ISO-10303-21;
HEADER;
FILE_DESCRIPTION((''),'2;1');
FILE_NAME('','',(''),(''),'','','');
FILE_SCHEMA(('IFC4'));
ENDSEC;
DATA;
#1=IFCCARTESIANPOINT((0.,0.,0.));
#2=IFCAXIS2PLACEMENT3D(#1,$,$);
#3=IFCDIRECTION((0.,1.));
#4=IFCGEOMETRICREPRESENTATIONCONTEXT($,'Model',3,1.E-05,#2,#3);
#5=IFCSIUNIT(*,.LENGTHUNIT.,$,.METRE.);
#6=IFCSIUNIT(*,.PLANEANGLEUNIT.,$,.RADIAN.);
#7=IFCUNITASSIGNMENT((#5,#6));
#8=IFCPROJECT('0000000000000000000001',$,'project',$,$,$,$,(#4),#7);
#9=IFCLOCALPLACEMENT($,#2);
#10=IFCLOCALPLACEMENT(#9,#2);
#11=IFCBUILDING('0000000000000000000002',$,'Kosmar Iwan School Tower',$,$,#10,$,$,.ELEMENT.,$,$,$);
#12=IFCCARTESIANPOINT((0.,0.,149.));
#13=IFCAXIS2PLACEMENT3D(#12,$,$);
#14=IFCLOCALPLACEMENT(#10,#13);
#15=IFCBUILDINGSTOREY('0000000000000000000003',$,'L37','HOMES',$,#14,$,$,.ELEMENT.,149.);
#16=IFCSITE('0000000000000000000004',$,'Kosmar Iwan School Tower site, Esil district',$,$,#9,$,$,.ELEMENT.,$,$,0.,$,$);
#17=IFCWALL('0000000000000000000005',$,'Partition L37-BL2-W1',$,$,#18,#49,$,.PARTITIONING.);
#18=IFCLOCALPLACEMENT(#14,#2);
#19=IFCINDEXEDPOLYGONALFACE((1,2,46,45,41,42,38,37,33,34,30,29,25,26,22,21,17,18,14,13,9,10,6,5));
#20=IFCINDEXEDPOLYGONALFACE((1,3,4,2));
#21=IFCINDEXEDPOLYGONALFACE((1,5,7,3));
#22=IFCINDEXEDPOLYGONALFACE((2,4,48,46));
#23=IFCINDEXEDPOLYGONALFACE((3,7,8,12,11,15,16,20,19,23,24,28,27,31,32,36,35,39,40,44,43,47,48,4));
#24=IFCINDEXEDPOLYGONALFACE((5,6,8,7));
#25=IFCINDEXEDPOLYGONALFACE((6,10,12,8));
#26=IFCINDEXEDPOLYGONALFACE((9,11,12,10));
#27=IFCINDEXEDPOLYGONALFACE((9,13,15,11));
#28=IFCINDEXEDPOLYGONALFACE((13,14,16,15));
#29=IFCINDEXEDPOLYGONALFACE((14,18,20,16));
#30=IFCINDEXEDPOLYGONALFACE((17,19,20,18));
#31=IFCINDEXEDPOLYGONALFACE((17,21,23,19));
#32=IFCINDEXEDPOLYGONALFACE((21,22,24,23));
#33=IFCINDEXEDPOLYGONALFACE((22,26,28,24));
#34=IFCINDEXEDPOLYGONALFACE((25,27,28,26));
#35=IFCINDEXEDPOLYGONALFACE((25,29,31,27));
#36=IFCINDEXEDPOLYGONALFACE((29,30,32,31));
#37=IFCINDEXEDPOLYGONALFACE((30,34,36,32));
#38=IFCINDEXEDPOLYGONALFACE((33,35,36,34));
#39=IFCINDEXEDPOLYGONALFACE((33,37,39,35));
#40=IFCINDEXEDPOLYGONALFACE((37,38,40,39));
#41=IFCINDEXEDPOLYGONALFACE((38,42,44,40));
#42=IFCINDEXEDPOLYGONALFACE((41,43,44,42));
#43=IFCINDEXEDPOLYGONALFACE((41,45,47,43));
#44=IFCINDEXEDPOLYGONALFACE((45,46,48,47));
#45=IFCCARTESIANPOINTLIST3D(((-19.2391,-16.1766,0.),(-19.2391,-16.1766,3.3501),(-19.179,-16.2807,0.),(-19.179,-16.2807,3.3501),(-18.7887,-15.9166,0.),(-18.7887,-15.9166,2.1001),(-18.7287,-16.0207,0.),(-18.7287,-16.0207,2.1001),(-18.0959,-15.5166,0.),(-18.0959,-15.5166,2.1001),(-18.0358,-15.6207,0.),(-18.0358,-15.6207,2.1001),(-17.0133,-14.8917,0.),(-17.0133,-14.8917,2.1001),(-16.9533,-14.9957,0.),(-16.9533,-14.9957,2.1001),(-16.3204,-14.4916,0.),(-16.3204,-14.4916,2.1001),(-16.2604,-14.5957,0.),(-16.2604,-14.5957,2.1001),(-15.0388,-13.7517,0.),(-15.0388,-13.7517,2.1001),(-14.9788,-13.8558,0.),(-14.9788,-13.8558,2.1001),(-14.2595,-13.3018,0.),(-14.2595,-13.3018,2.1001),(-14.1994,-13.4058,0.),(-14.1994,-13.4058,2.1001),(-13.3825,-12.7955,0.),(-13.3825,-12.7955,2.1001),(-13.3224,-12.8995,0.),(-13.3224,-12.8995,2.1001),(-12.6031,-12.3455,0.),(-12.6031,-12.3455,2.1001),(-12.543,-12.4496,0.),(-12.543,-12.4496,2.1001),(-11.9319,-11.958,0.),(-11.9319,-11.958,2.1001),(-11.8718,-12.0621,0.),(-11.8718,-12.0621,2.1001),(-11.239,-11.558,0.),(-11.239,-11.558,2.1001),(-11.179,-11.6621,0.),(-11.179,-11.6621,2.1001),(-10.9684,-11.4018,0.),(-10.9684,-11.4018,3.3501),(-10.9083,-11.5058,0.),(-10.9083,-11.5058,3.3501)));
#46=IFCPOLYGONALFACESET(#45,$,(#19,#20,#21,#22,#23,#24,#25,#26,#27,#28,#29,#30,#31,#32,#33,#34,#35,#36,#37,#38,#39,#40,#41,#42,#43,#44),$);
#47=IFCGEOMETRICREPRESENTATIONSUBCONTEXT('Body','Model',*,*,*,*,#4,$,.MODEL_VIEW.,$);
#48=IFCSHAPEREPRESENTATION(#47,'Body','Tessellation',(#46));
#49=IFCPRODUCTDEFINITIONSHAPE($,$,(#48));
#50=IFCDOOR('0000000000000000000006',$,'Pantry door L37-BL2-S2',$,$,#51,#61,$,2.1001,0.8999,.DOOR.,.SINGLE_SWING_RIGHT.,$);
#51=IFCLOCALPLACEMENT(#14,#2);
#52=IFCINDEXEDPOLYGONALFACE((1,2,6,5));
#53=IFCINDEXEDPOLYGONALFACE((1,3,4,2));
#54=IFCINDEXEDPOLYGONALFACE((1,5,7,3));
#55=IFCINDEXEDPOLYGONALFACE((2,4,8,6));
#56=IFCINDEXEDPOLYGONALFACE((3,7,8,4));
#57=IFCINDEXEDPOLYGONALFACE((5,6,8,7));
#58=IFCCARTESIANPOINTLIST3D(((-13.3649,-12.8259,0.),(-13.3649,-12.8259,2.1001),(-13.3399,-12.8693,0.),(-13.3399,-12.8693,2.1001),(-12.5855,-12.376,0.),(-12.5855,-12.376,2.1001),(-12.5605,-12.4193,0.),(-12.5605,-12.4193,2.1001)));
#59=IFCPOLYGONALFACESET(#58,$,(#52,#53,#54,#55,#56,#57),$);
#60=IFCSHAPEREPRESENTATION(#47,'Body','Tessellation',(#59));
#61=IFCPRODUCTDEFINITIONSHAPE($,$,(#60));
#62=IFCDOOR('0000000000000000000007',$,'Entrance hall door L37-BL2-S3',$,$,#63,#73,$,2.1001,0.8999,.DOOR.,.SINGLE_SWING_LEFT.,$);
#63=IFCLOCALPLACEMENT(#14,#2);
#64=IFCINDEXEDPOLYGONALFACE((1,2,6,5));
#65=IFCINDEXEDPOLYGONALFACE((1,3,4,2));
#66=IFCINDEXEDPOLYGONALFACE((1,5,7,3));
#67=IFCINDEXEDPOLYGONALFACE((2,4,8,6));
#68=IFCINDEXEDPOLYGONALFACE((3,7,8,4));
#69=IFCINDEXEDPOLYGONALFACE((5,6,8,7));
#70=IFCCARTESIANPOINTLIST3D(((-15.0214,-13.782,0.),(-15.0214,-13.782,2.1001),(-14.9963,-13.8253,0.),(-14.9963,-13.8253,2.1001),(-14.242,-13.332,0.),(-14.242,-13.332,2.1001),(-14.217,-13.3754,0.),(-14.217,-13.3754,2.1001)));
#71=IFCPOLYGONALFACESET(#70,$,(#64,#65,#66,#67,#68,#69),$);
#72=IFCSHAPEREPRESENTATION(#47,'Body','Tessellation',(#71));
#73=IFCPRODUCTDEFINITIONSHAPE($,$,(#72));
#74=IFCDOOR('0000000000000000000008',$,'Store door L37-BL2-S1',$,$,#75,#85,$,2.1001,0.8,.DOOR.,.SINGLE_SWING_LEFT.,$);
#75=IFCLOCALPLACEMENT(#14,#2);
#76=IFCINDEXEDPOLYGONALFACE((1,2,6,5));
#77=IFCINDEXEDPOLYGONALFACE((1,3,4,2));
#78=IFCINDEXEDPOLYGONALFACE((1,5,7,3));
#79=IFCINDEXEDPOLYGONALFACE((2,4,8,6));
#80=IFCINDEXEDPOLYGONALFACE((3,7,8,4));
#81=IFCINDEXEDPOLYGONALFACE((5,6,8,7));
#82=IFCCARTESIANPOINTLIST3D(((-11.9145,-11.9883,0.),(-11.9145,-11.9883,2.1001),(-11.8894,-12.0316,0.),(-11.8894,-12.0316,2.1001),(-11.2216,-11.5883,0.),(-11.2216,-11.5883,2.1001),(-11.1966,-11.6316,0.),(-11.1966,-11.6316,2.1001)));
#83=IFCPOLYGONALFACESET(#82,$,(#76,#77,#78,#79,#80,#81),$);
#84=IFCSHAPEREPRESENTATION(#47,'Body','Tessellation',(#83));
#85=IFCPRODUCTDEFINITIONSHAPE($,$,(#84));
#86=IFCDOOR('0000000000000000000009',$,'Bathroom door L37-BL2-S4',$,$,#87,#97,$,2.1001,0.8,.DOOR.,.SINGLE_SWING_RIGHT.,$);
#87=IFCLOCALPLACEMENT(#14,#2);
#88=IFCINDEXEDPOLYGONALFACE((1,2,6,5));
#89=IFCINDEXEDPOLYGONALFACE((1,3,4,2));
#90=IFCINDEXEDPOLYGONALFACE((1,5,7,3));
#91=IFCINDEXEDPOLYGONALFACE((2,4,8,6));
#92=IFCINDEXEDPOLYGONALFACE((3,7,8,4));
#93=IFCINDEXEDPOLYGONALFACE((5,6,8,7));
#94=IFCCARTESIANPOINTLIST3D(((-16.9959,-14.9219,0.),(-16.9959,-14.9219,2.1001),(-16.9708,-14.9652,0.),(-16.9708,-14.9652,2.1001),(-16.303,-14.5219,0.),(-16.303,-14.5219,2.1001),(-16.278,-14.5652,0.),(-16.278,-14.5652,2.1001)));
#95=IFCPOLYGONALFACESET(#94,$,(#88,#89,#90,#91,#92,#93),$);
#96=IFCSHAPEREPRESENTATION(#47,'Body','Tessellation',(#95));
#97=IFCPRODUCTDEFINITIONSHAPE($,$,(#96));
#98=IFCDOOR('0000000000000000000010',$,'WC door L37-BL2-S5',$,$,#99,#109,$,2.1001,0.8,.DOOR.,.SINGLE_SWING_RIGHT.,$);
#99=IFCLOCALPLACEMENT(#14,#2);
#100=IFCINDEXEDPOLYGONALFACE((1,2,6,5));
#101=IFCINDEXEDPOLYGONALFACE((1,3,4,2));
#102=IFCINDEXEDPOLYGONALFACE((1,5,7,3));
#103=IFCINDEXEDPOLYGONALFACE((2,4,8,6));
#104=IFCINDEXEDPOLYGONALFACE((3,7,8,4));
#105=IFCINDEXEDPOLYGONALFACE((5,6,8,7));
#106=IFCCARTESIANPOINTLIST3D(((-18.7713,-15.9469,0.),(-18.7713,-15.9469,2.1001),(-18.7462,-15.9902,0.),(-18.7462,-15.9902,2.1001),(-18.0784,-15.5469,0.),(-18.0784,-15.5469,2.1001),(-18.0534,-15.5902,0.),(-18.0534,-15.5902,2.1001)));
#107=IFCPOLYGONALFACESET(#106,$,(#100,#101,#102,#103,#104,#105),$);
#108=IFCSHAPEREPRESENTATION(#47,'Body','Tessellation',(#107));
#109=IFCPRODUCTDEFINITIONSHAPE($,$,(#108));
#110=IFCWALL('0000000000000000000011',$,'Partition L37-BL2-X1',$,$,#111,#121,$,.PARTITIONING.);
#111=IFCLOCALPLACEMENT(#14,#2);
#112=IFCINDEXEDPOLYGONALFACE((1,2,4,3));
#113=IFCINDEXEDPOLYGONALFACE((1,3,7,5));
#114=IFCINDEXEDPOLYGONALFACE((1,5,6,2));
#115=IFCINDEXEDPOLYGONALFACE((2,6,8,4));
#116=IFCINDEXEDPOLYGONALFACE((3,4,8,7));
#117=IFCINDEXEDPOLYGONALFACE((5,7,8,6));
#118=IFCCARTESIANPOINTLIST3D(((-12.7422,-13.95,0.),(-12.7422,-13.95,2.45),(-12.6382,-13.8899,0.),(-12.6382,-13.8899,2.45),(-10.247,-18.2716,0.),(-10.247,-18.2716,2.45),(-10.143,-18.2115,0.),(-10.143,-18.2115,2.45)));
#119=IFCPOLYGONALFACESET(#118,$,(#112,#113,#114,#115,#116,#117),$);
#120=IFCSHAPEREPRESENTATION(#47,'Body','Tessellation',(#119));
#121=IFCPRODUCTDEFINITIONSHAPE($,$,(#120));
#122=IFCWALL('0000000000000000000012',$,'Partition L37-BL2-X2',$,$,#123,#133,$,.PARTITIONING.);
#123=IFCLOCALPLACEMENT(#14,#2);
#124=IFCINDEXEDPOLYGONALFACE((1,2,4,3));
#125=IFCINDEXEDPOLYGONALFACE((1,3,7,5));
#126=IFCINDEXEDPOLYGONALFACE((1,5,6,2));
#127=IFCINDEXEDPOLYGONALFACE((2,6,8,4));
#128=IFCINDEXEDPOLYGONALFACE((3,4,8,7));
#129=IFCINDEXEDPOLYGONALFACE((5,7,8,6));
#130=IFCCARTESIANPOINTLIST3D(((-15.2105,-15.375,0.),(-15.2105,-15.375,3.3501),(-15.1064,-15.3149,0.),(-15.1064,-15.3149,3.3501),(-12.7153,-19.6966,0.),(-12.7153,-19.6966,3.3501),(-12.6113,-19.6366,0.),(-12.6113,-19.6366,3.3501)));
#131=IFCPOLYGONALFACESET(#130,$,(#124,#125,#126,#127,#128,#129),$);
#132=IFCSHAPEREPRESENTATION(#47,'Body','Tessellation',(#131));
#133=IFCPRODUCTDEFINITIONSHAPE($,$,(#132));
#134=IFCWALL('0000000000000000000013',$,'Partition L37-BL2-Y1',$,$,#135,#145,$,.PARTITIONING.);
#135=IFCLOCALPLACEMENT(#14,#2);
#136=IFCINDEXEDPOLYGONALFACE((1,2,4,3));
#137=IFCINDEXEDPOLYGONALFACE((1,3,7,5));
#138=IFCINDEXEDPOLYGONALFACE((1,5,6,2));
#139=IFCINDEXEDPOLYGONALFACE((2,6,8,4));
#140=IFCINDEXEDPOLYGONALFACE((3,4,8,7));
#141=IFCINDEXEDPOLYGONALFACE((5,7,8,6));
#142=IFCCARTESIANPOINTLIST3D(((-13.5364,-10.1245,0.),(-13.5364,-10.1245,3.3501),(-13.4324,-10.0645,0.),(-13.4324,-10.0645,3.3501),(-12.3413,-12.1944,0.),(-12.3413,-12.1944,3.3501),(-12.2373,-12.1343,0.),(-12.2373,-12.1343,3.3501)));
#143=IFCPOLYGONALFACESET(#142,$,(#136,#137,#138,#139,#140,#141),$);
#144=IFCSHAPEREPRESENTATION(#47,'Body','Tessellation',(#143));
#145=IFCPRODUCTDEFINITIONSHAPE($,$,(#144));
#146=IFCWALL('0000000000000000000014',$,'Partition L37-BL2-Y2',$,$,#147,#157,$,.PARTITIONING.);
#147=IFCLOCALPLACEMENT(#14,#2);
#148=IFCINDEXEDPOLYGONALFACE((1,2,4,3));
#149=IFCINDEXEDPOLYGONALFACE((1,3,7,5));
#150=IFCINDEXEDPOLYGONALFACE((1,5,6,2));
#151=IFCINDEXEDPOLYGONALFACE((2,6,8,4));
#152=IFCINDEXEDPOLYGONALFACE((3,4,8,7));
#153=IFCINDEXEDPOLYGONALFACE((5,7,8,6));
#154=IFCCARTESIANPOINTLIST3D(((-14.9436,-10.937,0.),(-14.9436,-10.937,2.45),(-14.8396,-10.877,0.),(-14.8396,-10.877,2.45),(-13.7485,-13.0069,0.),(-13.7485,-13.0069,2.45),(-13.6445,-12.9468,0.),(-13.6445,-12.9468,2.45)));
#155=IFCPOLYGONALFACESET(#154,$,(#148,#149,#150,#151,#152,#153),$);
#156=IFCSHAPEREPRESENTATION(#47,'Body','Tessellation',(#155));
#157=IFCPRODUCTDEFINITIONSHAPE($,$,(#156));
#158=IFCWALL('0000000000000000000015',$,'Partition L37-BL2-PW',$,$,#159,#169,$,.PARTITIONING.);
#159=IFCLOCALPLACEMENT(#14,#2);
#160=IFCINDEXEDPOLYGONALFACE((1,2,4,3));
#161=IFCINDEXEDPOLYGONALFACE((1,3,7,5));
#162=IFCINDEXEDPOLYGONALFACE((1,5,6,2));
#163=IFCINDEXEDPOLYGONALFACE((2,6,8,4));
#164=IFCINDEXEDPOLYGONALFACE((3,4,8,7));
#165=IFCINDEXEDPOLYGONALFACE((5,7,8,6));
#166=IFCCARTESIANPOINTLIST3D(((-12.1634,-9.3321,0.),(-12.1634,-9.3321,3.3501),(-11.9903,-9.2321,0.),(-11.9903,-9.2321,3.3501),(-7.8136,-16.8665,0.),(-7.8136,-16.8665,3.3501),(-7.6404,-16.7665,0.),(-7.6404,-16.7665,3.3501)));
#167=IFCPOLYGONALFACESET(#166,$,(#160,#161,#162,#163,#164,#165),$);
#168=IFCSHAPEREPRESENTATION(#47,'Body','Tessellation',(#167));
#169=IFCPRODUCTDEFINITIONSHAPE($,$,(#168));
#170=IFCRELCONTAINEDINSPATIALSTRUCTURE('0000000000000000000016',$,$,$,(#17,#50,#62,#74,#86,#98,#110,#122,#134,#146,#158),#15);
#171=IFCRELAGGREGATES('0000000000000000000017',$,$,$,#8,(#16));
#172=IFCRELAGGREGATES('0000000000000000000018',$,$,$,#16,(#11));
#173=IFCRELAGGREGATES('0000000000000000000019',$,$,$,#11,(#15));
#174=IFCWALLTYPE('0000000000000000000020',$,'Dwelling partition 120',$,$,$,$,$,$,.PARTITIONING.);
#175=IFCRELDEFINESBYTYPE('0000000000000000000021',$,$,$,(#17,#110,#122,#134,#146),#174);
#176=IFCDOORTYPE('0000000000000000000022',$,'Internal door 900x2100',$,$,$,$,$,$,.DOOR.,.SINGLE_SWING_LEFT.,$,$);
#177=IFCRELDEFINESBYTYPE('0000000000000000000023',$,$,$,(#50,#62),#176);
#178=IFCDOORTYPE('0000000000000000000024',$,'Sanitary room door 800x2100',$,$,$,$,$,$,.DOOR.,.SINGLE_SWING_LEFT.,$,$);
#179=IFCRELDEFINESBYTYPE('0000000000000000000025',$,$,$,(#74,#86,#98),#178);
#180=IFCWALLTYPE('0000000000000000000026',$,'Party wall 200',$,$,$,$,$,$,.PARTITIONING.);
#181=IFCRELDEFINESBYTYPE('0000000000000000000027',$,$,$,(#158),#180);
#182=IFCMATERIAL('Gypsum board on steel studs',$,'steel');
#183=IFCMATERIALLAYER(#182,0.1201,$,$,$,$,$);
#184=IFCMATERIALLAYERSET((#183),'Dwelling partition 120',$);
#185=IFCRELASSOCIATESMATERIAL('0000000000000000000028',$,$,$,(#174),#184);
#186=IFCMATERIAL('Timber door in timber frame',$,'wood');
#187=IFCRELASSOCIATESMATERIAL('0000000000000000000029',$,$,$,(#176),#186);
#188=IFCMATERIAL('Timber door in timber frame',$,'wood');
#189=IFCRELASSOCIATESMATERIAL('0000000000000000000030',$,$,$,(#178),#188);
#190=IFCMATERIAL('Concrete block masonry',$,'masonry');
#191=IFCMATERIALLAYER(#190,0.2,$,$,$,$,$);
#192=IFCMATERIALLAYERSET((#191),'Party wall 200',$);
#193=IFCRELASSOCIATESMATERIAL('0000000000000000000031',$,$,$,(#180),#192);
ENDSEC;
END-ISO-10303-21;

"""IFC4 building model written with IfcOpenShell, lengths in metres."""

from ifc_helpers import new_model, si_unit, direction, frame, frame_2d, origin, place, context, subcontext, project, spatial, rectangle, extrude, material, layer, layer_set, type_object, element, fill, save


model = new_model("IFC4")

# Units and contexts
model_context = context("Model", 3, precision=1e-05, world=origin(), true_north=direction((0.0, 1.0)))
body_context = subcontext(model_context, "Body", "Model", "MODEL_VIEW")
ifc_project = project(units=[si_unit("LENGTHUNIT", "METRE"), si_unit("PLANEANGLEUNIT", "RADIAN")], contexts=[model_context])

# Site, building, storey
site_placement = place(None, origin())
site = spatial("IfcSite", under=ifc_project, at=site_placement, Name="Kosmar Iwan School Tower site, Esil district", CompositionType="ELEMENT", RefElevation=0.0)
building_placement = place(site_placement, origin())
building = spatial("IfcBuilding", under=site, at=building_placement, Name="Kosmar Iwan School Tower", CompositionType="ELEMENT")
storey_placement = place(building_placement, frame((0.0, 0.0, 149.0)))
storey = spatial("IfcBuildingStorey", under=building, at=storey_placement, Name="L37", Description="HOMES", CompositionType="ELEMENT", Elevation=149.0)

# Wall, openings, doors
ifc_material_1 = material(Name="Gypsum board on steel studs", Category="steel")
ifc_layer_1 = layer(ifc_material_1, 0.1201)
ifc_layer_set_1 = layer_set([ifc_layer_1], Name="Dwelling partition 120")
wall_type_1 = type_object("IfcWallType", Name="Dwelling partition 120", PredefinedType="PARTITIONING", material=ifc_layer_set_1)
wall_1_placement = place(storey_placement, frame((-10.9385, -11.4539, 0.0), z_axis=(0.0, 0.0, 1.0), x_axis=(-0.866035, -0.499983, 0.0)))
wall_1 = element("IfcWall", 1, at=wall_1_placement, inside=storey, type_object=wall_type_1, Name="Partition L37-BL2-W1", PredefinedType="PARTITIONING", context=body_context, shape_type="SweptSolid", body=[
    extrude(rectangle(XDim=9.55, YDim=0.1201, at=frame_2d((4.7749, 0.0))), origin(), (0.0, 0.0, 1.0), 3.3501),
])
opening_1_placement = place(wall_1_placement, frame((0.3125, 0.0, 0.0)))
opening_1 = element("IfcOpeningElement", 2, at=opening_1_placement, cuts=wall_1, PredefinedType="OPENING", context=body_context, shape_type="SweptSolid", body=[
    extrude(rectangle(XDim=0.8, YDim=2.1001, at=frame_2d((0.3999, 1.05))), frame((0.0, 0.072, 0.0), z_axis=(0.0, -1.0, 0.0), x_axis=(1.0, 0.0, 0.0)), (0.0, 0.0, 1.0), 0.144),
])
opening_2_placement = place(wall_1_placement, frame((1.8875, 0.0, 0.0)))
opening_2 = element("IfcOpeningElement", 3, at=opening_2_placement, cuts=wall_1, PredefinedType="OPENING", context=body_context, shape_type="SweptSolid", body=[
    extrude(rectangle(XDim=0.8999, YDim=2.1001, at=frame_2d((0.45, 1.05))), frame((0.0, 0.072, 0.0), z_axis=(0.0, -1.0, 0.0), x_axis=(1.0, 0.0, 0.0)), (0.0, 0.0, 1.0), 0.144),
])
opening_3_placement = place(wall_1_placement, frame((3.8, 0.0, 0.0)))
opening_3 = element("IfcOpeningElement", 4, at=opening_3_placement, cuts=wall_1, PredefinedType="OPENING", context=body_context, shape_type="SweptSolid", body=[
    extrude(rectangle(XDim=0.8999, YDim=2.1001, at=frame_2d((0.45, 1.05))), frame((0.0, 0.072, 0.0), z_axis=(0.0, -1.0, 0.0), x_axis=(1.0, 0.0, 0.0)), (0.0, 0.0, 1.0), 0.144),
])
opening_4_placement = place(wall_1_placement, frame((6.1799, 0.0, 0.0)))
opening_4 = element("IfcOpeningElement", 5, at=opening_4_placement, cuts=wall_1, PredefinedType="OPENING", context=body_context, shape_type="SweptSolid", body=[
    extrude(rectangle(XDim=0.8, YDim=2.1001, at=frame_2d((0.3999, 1.05))), frame((0.0, 0.072, 0.0), z_axis=(0.0, -1.0, 0.0), x_axis=(1.0, 0.0, 0.0)), (0.0, 0.0, 1.0), 0.144),
])
opening_5_placement = place(wall_1_placement, frame((8.23, 0.0, 0.0)))
opening_5 = element("IfcOpeningElement", 6, at=opening_5_placement, cuts=wall_1, PredefinedType="OPENING", context=body_context, shape_type="SweptSolid", body=[
    extrude(rectangle(XDim=0.8, YDim=2.1001, at=frame_2d((0.3999, 1.05))), frame((0.0, 0.072, 0.0), z_axis=(0.0, -1.0, 0.0), x_axis=(1.0, 0.0, 0.0)), (0.0, 0.0, 1.0), 0.144),
])
ifc_material_2 = material(Name="Timber door in timber frame", Category="wood")
door_type_1 = type_object("IfcDoorType", Name="Internal door 900x2100", OperationType="SINGLE_SWING_LEFT", PredefinedType="DOOR", material=ifc_material_2)
door_1_placement = place(opening_2_placement, frame((0.8999, 0.0, 0.0), z_axis=(0.0, 0.0, 1.0), x_axis=(-1.0, 0.0, 0.0)))
door_1 = element("IfcDoor", 7, at=door_1_placement, inside=storey, type_object=door_type_1, Name="Pantry door L37-BL2-S2", OperationType="SINGLE_SWING_RIGHT", OverallHeight=2.1001, OverallWidth=0.8999, PredefinedType="DOOR", context=body_context, shape_type="SweptSolid", body=[
    extrude(rectangle(XDim=0.8999, YDim=2.1001, at=frame_2d((0.45, 1.05))), frame((0.0, 0.0249, 0.0), z_axis=(0.0, -1.0, 0.0), x_axis=(1.0, 0.0, 0.0)), (0.0, 0.0, 1.0), 0.05),
])
fill(opening_2, door_1)
door_2_placement = place(opening_3_placement, origin())
door_2 = element("IfcDoor", 8, at=door_2_placement, inside=storey, type_object=door_type_1, Name="Entrance hall door L37-BL2-S3", OperationType="SINGLE_SWING_LEFT", OverallHeight=2.1001, OverallWidth=0.8999, PredefinedType="DOOR", context=body_context, shape_type="SweptSolid", body=[
    extrude(rectangle(XDim=0.8999, YDim=2.1001, at=frame_2d((0.45, 1.05))), frame((0.0, 0.0249, 0.0), z_axis=(0.0, -1.0, 0.0), x_axis=(1.0, 0.0, 0.0)), (0.0, 0.0, 1.0), 0.05),
])
fill(opening_3, door_2)
ifc_material_3 = material(Name="Timber door in timber frame", Category="wood")
door_type_2 = type_object("IfcDoorType", Name="Sanitary room door 800x2100", OperationType="SINGLE_SWING_LEFT", PredefinedType="DOOR", material=ifc_material_3)
door_3_placement = place(opening_1_placement, origin())
door_3 = element("IfcDoor", 9, at=door_3_placement, inside=storey, type_object=door_type_2, Name="Store door L37-BL2-S1", OperationType="SINGLE_SWING_LEFT", OverallHeight=2.1001, OverallWidth=0.8, PredefinedType="DOOR", context=body_context, shape_type="SweptSolid", body=[
    extrude(rectangle(XDim=0.8, YDim=2.1001, at=frame_2d((0.3999, 1.05))), frame((0.0, 0.0249, 0.0), z_axis=(0.0, -1.0, 0.0), x_axis=(1.0, 0.0, 0.0)), (0.0, 0.0, 1.0), 0.05),
])
fill(opening_1, door_3)
door_4_placement = place(opening_4_placement, origin())
door_4 = element("IfcDoor", 10, at=door_4_placement, inside=storey, type_object=door_type_2, Name="Bathroom door L37-BL2-S4", OperationType="SINGLE_SWING_RIGHT", OverallHeight=2.1001, OverallWidth=0.8, PredefinedType="DOOR", context=body_context, shape_type="SweptSolid", body=[
    extrude(rectangle(XDim=0.8, YDim=2.1001, at=frame_2d((0.3999, 1.05))), frame((0.0, 0.0249, 0.0), z_axis=(0.0, -1.0, 0.0), x_axis=(1.0, 0.0, 0.0)), (0.0, 0.0, 1.0), 0.05),
])
fill(opening_4, door_4)
door_5_placement = place(opening_5_placement, origin())
door_5 = element("IfcDoor", 11, at=door_5_placement, inside=storey, type_object=door_type_2, Name="WC door L37-BL2-S5", OperationType="SINGLE_SWING_RIGHT", OverallHeight=2.1001, OverallWidth=0.8, PredefinedType="DOOR", context=body_context, shape_type="SweptSolid", body=[
    extrude(rectangle(XDim=0.8, YDim=2.1001, at=frame_2d((0.3999, 1.05))), frame((0.0, 0.0249, 0.0), z_axis=(0.0, -1.0, 0.0), x_axis=(1.0, 0.0, 0.0)), (0.0, 0.0, 1.0), 0.05),
])
fill(opening_5, door_5)

# Walls
wall_2_placement = place(storey_placement, frame((-12.6902, -13.9199, 0.0), z_axis=(0.0, 0.0, 1.0), x_axis=(0.500012, -0.866019, 0.0)))
element("IfcWall", 12, at=wall_2_placement, inside=storey, type_object=wall_type_1, Name="Partition L37-BL2-X1", PredefinedType="PARTITIONING", context=body_context, shape_type="SweptSolid", body=[
    extrude(rectangle(XDim=4.9902, YDim=0.1201, at=frame_2d((2.4951, 0.0))), origin(), (0.0, 0.0, 1.0), 2.45),
])
wall_3_placement = place(storey_placement, frame((-15.1584, -15.345, 0.0), z_axis=(0.0, 0.0, 1.0), x_axis=(0.500012, -0.866019, 0.0)))
element("IfcWall", 13, at=wall_3_placement, inside=storey, type_object=wall_type_1, Name="Partition L37-BL2-X2", PredefinedType="PARTITIONING", context=body_context, shape_type="SweptSolid", body=[
    extrude(rectangle(XDim=4.9902, YDim=0.1201, at=frame_2d((2.4951, 0.0))), origin(), (0.0, 0.0, 1.0), 3.3501),
])
wall_4_placement = place(storey_placement, frame((-13.4844, -10.0945, 0.0), z_axis=(0.0, 0.0, 1.0), x_axis=(0.500017, -0.866015, 0.0)))
element("IfcWall", 14, at=wall_4_placement, inside=storey, type_object=wall_type_1, Name="Partition L37-BL2-Y1", PredefinedType="PARTITIONING", context=body_context, shape_type="SweptSolid", body=[
    extrude(rectangle(XDim=2.3901, YDim=0.1201, at=frame_2d((1.1951, 0.0))), origin(), (0.0, 0.0, 1.0), 3.3501),
])
wall_5_placement = place(storey_placement, frame((-14.8916, -10.907, 0.0), z_axis=(0.0, 0.0, 1.0), x_axis=(0.500017, -0.866015, 0.0)))
element("IfcWall", 15, at=wall_5_placement, inside=storey, type_object=wall_type_1, Name="Partition L37-BL2-Y2", PredefinedType="PARTITIONING", context=body_context, shape_type="SweptSolid", body=[
    extrude(rectangle(XDim=2.3901, YDim=0.1201, at=frame_2d((1.1951, 0.0))), origin(), (0.0, 0.0, 1.0), 2.45),
])
ifc_material_4 = material(Name="Concrete block masonry", Category="masonry")
ifc_layer_2 = layer(ifc_material_4, 0.2)
ifc_layer_set_2 = layer_set([ifc_layer_2], Name="Party wall 200")
wall_type_2 = type_object("IfcWallType", Name="Party wall 200", PredefinedType="PARTITIONING", material=ifc_layer_set_2)
wall_6_placement = place(storey_placement, frame((-12.0769, -9.282, 0.0), z_axis=(0.0, 0.0, 1.0), x_axis=(0.499987, -0.866033, 0.0)))
element("IfcWall", 16, at=wall_6_placement, inside=storey, type_object=wall_type_2, Name="Partition L37-BL2-PW", PredefinedType="PARTITIONING", context=body_context, shape_type="SweptSolid", body=[
    extrude(rectangle(XDim=8.7, YDim=0.2, at=frame_2d((4.3501, 0.0))), origin(), (0.0, 0.0, 1.0), 3.3501),
])

save(model, "model.ifc")
